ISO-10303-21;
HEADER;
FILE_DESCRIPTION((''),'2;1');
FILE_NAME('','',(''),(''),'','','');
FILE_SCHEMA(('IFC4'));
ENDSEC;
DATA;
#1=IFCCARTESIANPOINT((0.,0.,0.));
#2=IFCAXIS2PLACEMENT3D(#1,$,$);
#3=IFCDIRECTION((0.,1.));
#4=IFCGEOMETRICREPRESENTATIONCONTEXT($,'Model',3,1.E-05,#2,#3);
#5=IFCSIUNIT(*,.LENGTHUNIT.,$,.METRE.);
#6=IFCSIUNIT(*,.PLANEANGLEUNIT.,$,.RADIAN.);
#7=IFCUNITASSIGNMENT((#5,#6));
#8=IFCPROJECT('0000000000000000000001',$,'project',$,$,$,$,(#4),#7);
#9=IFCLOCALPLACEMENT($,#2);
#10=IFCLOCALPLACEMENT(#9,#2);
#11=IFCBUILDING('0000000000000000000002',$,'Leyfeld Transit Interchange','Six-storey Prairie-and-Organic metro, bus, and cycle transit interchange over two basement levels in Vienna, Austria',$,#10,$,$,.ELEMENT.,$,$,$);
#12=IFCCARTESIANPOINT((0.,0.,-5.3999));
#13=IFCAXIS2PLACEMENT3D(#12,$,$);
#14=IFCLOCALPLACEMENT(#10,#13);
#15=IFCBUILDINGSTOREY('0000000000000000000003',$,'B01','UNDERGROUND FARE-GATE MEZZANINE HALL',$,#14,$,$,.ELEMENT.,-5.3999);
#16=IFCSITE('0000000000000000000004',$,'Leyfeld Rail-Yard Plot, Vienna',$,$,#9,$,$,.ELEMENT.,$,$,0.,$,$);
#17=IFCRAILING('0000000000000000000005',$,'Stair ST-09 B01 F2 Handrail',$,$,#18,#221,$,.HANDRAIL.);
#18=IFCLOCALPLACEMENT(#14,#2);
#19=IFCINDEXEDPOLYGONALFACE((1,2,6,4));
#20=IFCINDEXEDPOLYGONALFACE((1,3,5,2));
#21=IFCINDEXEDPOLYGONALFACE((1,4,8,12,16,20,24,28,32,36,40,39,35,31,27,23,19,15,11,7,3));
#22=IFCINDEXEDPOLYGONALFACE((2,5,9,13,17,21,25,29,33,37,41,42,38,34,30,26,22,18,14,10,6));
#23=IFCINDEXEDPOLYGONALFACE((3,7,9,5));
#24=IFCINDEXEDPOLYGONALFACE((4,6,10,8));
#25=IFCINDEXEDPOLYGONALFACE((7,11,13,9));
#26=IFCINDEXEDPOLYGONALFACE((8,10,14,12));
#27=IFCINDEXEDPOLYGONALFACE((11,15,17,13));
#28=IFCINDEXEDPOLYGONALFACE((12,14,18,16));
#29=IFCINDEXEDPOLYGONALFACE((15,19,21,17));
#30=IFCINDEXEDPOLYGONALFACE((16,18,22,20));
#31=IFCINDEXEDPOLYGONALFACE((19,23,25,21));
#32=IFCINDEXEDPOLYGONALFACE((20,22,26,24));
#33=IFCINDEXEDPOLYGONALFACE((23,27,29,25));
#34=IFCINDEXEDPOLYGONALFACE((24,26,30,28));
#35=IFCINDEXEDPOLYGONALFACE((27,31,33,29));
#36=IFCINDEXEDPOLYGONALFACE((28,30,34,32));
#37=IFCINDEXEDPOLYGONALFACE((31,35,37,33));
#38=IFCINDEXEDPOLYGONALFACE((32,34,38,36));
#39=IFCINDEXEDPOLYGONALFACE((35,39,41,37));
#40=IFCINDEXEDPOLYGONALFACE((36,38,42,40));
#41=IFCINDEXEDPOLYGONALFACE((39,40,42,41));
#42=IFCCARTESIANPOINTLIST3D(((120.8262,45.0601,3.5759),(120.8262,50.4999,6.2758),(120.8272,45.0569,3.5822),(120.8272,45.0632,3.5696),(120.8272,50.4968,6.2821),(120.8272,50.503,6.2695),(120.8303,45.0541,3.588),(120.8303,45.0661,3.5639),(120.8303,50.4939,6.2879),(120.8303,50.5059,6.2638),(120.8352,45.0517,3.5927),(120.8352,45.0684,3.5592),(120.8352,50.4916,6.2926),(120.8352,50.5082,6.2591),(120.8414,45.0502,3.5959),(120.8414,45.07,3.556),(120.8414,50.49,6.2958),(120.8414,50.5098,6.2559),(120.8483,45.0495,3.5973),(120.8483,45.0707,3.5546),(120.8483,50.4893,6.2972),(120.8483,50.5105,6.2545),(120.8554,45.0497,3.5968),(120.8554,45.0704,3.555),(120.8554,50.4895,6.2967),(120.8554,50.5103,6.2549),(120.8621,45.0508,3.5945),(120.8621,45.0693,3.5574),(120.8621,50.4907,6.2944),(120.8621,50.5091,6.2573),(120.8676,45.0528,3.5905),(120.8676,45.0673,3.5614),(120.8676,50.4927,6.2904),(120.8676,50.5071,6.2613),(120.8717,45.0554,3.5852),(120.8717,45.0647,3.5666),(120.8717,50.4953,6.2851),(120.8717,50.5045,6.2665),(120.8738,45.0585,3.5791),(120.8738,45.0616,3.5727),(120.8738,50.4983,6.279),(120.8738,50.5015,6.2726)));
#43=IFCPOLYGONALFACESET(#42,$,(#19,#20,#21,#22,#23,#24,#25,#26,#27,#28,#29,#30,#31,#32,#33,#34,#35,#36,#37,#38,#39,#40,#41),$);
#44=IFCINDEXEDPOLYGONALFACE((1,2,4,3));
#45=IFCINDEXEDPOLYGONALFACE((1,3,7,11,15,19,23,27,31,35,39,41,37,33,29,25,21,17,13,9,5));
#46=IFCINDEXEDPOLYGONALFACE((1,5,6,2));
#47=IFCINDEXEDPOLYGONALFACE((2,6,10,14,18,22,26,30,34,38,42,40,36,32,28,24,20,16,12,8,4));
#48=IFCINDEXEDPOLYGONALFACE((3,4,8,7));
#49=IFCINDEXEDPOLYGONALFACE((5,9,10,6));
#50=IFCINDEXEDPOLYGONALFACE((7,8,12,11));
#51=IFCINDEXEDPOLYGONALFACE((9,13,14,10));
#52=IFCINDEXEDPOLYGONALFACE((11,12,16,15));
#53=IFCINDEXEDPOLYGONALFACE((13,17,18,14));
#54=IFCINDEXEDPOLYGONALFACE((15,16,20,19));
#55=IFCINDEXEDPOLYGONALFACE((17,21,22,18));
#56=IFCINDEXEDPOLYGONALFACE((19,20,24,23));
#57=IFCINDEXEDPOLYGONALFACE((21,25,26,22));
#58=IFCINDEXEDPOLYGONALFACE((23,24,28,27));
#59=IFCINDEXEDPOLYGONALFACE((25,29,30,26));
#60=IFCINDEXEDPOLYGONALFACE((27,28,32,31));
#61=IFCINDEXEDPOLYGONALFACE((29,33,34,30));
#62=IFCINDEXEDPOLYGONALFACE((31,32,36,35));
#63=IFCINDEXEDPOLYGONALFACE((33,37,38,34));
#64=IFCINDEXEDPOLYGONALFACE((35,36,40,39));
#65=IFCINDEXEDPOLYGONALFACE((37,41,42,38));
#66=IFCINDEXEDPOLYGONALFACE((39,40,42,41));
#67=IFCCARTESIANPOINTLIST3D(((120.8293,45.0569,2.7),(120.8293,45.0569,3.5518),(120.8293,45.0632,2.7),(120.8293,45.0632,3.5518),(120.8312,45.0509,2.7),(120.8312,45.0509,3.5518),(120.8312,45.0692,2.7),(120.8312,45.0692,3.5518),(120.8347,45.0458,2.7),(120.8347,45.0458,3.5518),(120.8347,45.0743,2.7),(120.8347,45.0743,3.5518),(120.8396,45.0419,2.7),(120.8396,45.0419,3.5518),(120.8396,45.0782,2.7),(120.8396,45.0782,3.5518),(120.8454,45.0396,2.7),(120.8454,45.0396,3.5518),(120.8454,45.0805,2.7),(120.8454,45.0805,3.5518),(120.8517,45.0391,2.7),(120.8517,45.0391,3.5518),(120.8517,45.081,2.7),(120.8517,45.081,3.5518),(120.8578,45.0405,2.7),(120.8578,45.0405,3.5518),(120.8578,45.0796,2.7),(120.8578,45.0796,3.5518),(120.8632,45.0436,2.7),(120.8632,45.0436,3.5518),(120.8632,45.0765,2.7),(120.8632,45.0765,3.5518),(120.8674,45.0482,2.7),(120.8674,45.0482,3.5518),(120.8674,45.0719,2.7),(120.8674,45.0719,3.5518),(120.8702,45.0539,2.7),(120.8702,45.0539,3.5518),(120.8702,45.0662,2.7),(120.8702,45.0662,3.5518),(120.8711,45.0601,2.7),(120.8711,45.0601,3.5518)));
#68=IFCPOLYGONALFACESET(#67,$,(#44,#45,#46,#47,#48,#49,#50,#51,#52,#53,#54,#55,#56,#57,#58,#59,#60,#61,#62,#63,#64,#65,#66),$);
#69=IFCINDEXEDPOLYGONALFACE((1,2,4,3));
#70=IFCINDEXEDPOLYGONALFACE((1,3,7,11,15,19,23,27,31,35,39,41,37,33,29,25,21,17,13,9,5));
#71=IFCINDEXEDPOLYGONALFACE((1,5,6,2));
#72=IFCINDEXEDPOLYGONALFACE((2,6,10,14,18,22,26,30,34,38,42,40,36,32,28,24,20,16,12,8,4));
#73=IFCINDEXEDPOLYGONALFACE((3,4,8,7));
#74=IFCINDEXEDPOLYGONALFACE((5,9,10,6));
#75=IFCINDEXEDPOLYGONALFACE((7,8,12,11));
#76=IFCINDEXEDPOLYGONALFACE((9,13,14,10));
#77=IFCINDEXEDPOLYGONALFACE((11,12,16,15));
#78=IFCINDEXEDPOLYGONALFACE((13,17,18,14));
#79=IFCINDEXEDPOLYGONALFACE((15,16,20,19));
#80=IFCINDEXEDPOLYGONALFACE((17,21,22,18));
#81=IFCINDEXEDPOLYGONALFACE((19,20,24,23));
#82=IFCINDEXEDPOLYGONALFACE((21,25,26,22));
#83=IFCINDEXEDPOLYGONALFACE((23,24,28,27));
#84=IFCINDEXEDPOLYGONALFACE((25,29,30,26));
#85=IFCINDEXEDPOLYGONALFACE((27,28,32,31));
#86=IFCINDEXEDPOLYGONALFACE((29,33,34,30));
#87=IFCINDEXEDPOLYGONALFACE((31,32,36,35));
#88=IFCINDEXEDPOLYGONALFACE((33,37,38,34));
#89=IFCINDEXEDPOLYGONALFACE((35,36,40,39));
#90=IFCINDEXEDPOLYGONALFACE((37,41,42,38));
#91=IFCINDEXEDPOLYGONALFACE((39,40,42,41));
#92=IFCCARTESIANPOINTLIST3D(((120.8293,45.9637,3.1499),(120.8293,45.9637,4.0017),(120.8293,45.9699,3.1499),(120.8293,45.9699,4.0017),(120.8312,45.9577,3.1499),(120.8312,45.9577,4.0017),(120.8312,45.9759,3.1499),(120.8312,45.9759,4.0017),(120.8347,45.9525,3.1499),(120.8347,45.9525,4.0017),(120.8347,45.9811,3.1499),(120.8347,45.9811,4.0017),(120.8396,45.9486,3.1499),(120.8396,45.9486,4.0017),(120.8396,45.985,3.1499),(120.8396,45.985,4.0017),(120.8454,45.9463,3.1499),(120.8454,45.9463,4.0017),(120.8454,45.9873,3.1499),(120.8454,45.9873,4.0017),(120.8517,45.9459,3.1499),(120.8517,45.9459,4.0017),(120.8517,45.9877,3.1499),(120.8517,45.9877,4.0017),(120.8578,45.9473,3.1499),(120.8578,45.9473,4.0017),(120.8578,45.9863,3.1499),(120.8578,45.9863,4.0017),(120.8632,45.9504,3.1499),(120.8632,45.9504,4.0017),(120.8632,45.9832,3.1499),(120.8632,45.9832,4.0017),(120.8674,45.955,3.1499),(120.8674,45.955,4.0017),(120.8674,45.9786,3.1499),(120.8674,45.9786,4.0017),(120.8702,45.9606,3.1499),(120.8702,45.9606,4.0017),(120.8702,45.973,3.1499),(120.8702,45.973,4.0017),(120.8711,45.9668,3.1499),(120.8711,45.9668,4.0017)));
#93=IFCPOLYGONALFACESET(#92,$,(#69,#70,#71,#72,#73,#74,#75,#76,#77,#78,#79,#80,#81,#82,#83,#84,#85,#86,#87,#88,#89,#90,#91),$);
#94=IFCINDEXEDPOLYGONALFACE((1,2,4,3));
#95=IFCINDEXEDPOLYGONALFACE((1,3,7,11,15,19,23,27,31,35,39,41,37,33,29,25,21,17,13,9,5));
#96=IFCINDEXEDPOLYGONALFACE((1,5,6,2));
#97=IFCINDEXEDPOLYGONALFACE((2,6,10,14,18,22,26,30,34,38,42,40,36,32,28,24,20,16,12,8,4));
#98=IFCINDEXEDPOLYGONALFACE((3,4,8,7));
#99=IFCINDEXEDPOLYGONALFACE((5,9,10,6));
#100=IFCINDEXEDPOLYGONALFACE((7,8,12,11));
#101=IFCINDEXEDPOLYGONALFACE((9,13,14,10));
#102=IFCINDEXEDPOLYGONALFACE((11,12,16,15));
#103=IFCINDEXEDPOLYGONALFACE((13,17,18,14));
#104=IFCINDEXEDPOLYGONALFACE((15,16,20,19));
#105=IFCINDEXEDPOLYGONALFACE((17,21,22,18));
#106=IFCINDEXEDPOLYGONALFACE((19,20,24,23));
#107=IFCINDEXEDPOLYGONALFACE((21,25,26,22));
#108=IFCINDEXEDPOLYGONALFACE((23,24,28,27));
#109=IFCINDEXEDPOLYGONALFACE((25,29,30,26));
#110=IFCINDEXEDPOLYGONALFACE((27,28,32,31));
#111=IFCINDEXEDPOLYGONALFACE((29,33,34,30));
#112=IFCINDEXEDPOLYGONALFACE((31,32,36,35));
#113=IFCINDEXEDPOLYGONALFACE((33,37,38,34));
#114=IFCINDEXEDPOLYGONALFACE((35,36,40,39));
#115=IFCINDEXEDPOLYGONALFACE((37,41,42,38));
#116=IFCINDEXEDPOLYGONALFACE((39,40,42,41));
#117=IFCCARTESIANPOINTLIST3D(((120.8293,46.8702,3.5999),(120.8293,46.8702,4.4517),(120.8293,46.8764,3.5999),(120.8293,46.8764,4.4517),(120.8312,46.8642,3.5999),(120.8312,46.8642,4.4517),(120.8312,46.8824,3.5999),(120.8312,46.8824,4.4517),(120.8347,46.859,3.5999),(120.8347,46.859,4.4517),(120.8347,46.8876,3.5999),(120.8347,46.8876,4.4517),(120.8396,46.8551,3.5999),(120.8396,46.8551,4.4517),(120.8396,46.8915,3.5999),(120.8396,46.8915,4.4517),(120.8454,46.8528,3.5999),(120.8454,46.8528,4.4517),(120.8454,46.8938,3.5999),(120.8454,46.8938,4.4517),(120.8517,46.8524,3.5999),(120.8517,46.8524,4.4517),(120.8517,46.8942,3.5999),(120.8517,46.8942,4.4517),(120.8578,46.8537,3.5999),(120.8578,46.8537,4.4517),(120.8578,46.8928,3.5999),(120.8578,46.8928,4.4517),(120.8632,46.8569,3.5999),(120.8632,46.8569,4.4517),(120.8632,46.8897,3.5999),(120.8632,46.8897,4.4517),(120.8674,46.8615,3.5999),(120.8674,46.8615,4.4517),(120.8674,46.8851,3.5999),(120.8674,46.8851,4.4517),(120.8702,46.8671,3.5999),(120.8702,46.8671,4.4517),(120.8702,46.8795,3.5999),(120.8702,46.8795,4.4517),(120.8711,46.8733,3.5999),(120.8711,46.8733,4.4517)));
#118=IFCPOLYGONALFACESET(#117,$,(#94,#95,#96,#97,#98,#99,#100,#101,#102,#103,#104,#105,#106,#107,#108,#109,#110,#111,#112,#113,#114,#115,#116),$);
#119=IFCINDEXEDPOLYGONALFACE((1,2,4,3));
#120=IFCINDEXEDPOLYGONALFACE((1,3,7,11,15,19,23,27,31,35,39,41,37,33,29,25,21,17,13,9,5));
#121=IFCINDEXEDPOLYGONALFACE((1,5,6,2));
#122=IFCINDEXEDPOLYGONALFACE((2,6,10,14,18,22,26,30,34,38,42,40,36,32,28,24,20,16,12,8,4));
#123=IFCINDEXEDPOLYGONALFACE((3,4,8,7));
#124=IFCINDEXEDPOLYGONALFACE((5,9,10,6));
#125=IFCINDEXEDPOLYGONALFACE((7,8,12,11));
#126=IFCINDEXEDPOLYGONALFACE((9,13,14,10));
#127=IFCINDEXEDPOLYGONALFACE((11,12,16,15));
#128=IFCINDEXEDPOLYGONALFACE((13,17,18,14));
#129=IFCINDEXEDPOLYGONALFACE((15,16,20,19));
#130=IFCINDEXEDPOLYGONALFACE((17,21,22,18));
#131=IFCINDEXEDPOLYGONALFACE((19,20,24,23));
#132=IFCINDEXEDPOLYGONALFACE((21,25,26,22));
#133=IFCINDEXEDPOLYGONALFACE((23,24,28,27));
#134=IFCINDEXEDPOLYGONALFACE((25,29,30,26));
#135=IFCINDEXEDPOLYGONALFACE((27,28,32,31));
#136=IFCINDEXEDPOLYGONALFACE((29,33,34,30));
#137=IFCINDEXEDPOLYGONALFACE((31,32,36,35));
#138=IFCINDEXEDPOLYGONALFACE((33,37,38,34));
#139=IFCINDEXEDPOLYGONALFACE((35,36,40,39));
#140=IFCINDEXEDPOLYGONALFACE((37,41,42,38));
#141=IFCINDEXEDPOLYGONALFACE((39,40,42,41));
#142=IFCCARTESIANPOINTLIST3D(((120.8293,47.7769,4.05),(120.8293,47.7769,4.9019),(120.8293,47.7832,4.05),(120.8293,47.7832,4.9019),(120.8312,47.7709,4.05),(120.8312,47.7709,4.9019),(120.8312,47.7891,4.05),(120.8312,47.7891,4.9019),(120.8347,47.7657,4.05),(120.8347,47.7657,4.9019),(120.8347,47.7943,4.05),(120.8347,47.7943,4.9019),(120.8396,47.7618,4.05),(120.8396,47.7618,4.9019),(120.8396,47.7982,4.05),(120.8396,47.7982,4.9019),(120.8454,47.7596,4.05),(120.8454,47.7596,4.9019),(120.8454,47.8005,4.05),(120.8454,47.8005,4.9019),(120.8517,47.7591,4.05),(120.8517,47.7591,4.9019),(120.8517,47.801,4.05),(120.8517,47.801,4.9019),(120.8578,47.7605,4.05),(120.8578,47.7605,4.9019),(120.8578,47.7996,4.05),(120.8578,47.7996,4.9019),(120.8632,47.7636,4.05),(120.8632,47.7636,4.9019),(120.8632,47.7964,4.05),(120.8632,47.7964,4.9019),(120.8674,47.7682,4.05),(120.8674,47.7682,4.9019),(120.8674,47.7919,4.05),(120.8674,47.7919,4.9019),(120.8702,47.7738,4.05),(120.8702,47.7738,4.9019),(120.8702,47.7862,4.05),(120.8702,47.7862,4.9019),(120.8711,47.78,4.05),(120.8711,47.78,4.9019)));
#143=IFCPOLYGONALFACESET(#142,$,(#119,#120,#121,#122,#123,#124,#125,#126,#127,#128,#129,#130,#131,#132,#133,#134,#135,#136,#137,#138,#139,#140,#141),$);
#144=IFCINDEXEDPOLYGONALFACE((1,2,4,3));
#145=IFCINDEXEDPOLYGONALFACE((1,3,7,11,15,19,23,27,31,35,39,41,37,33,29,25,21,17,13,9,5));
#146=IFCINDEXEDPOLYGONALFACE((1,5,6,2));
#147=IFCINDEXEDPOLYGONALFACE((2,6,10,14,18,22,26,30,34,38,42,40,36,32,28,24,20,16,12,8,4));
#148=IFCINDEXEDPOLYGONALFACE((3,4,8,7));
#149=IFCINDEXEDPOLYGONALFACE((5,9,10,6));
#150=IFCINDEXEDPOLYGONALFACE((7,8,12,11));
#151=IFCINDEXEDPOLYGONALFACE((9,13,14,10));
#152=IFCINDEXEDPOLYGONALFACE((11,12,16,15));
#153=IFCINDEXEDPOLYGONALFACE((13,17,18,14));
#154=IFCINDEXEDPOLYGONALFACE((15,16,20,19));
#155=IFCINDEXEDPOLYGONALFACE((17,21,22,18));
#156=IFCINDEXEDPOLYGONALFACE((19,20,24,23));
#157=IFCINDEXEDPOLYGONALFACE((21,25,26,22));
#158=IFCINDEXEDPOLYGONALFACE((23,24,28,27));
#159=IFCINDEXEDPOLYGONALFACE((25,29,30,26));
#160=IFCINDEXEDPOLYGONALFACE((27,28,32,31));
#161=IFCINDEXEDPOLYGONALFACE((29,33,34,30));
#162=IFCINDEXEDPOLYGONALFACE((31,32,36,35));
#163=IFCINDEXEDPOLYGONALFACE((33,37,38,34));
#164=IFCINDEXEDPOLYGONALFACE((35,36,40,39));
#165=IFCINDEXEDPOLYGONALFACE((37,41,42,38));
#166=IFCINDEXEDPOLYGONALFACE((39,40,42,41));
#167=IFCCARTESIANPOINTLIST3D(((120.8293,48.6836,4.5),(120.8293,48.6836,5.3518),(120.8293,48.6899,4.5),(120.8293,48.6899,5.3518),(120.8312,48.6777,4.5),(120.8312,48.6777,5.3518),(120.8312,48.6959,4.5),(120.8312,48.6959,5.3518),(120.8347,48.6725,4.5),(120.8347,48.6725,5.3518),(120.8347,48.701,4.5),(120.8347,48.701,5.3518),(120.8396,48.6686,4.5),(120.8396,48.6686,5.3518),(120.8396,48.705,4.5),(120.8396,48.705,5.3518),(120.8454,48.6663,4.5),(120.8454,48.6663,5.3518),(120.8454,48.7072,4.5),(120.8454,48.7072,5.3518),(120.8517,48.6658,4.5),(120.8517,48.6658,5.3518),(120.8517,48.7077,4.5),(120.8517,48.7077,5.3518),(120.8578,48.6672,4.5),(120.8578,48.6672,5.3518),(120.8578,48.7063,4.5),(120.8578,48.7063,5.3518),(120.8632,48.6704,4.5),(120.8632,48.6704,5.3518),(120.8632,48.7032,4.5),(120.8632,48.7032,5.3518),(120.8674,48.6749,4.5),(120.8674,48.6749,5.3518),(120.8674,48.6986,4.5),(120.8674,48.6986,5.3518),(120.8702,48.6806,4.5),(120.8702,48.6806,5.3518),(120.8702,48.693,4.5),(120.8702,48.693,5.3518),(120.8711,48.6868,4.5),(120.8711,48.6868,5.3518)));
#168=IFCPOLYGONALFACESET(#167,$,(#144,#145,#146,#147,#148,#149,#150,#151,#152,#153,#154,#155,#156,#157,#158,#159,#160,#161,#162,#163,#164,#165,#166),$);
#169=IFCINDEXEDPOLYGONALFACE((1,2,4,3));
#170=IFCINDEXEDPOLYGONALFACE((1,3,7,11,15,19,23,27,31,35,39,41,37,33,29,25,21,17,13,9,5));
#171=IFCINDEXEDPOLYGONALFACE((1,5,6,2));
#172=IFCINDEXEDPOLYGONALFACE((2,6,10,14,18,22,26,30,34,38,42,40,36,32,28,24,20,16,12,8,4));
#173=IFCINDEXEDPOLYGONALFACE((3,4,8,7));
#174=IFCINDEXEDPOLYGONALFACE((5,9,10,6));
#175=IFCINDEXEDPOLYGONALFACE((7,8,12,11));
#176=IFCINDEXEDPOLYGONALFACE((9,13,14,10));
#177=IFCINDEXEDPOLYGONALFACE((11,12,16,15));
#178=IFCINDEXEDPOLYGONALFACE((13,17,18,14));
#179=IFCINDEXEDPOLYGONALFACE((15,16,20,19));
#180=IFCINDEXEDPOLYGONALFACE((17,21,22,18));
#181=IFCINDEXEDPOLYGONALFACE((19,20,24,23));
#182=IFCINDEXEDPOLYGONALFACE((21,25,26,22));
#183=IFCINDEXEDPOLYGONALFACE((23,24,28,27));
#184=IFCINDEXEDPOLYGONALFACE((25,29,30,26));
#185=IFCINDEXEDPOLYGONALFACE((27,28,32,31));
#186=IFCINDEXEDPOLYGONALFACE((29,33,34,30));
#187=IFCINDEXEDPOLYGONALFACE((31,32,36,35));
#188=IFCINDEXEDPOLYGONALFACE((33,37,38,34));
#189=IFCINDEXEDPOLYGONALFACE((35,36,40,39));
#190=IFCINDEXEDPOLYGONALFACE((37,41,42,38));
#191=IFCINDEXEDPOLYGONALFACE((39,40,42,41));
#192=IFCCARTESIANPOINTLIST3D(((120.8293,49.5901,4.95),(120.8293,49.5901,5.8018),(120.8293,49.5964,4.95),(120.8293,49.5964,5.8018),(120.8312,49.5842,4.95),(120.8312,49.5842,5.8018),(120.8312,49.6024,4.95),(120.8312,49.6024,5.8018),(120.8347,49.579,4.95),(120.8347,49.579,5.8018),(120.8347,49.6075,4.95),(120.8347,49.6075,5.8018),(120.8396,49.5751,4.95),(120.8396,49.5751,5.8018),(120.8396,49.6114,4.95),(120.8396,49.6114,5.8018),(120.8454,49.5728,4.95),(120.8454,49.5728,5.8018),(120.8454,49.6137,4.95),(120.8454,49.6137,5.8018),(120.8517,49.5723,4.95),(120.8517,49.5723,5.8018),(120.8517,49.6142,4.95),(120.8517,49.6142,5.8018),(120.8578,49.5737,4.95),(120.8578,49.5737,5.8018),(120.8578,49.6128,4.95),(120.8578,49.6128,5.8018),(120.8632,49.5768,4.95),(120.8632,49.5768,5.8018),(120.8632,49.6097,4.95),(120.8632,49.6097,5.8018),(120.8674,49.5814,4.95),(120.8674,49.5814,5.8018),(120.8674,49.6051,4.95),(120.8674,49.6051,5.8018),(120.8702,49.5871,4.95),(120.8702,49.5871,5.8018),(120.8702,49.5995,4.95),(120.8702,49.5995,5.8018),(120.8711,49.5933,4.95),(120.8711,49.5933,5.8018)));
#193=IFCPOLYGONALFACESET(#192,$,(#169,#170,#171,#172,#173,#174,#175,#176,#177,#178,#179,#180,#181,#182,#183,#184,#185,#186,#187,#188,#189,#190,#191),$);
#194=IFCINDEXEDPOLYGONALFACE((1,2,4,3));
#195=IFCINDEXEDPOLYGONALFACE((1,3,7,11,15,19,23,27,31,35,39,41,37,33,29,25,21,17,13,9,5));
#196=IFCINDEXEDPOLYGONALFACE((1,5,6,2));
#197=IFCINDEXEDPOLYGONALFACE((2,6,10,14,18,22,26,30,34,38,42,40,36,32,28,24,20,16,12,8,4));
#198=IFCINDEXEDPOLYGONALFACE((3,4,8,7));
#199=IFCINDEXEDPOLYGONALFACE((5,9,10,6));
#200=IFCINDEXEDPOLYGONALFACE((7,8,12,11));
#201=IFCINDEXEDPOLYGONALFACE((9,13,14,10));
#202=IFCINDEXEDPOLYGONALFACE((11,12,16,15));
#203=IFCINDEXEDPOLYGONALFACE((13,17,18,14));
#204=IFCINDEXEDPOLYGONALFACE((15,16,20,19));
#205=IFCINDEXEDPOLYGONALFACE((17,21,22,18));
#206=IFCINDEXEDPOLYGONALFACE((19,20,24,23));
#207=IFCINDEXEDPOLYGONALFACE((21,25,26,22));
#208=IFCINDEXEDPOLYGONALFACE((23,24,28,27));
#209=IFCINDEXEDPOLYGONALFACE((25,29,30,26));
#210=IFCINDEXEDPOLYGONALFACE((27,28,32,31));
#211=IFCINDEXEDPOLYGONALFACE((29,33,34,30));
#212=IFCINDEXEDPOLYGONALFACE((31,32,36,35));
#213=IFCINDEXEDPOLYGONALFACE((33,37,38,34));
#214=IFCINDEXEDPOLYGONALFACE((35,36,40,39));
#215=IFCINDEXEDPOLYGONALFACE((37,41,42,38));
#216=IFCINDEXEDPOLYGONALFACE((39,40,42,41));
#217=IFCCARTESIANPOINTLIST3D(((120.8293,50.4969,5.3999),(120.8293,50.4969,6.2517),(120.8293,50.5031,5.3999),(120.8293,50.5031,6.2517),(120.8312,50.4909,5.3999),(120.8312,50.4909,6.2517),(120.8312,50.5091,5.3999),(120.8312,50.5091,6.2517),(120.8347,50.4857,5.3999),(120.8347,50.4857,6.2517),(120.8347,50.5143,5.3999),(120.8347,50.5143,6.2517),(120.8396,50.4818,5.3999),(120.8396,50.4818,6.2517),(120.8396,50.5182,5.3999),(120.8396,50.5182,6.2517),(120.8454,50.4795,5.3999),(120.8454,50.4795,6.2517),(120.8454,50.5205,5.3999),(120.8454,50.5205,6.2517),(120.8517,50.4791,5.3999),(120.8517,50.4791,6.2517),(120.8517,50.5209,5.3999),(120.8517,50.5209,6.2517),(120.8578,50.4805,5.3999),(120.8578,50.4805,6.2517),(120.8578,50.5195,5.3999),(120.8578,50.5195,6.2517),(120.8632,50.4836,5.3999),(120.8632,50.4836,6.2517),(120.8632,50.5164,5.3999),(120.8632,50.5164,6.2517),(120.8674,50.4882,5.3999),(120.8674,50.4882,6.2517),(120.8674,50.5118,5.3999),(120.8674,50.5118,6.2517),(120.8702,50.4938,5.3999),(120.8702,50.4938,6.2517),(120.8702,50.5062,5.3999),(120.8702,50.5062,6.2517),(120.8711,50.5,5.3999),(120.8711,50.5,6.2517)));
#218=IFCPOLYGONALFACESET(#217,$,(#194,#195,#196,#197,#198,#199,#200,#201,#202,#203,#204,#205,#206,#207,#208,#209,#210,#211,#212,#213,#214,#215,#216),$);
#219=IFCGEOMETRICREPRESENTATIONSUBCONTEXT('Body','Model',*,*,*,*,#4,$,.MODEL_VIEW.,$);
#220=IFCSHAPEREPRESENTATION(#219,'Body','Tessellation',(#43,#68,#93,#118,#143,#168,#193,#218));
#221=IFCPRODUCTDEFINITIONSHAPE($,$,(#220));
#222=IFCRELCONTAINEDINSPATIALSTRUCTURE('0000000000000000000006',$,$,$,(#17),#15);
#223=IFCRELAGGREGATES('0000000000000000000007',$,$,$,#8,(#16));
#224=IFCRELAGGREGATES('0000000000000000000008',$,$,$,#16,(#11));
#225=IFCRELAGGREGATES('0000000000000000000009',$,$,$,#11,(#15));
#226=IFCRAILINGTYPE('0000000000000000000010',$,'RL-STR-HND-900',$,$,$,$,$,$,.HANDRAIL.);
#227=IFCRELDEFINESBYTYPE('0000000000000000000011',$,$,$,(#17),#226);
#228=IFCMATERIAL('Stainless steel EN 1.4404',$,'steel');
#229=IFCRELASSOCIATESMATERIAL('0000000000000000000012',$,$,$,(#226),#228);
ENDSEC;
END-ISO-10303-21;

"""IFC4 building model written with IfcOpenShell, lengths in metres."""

from ifc_helpers import new_model, si_unit, direction, frame, origin, origin_2d, place, context, subcontext, project, spatial, circle, extrude, material, type_object, element, save


model = new_model("IFC4")

# Units and contexts
model_context = context("Model", 3, precision=1e-05, world=origin(), true_north=direction((0.0, 1.0)))
body_context = subcontext(model_context, "Body", "Model", "MODEL_VIEW")
ifc_project = project(units=[si_unit("LENGTHUNIT", "METRE"), si_unit("PLANEANGLEUNIT", "RADIAN")], contexts=[model_context])

# Site, building, storey
site_placement = place(None, origin())
site = spatial("IfcSite", under=ifc_project, at=site_placement, Name="Leyfeld Rail-Yard Plot, Vienna", CompositionType="ELEMENT", RefElevation=0.0)
building_placement = place(site_placement, origin())
building = spatial("IfcBuilding", under=site, at=building_placement, Name="Leyfeld Transit Interchange", Description="Six-storey Prairie-and-Organic metro, bus, and cycle transit interchange over two basement levels in Vienna, Austria", CompositionType="ELEMENT")
storey_placement = place(building_placement, frame((0.0, 0.0, -5.3999)))
storey = spatial("IfcBuildingStorey", under=building, at=storey_placement, Name="B01", Description="UNDERGROUND FARE-GATE MEZZANINE HALL", CompositionType="ELEMENT", Elevation=-5.3999)

# Railing
ifc_material_1 = material(Name="Stainless steel EN 1.4404", Category="steel")
railing_type_1 = type_object("IfcRailingType", Name="RL-STR-HND-900", PredefinedType="HANDRAIL", material=ifc_material_1)
railing_1_placement = place(storey_placement, frame((120.8501, 45.0601, 2.7)))
element("IfcRailing", 1, at=railing_1_placement, inside=storey, type_object=railing_type_1, Name="Stair ST-09 B01 F2 Handrail", PredefinedType="HANDRAIL", context=body_context, shape_type="SweptSolid", body=[
    extrude(circle(Radius=0.0239, at=origin_2d()), frame((0.0, 0.0, 0.876), z_axis=(0.0, 0.895742, 0.444575), x_axis=(-1.0, 0.0, 0.0)), (0.0, 0.0, 1.0), 6.073),
    extrude(circle(Radius=0.021, at=origin_2d()), origin(), (0.0, 0.0, 1.0), 0.8518),
    extrude(circle(Radius=0.021, at=origin_2d()), frame((0.0, 0.9067, 0.45)), (0.0, 0.0, 1.0), 0.8518),
    extrude(circle(Radius=0.021, at=origin_2d()), frame((0.0, 1.8132, 0.8999)), (0.0, 0.0, 1.0), 0.8518),
    extrude(circle(Radius=0.021, at=origin_2d()), frame((0.0, 2.72, 1.3501)), (0.0, 0.0, 1.0), 0.8518),
    extrude(circle(Radius=0.021, at=origin_2d()), frame((0.0, 3.6267, 1.8)), (0.0, 0.0, 1.0), 0.8518),
    extrude(circle(Radius=0.021, at=origin_2d()), frame((0.0, 4.5332, 2.25)), (0.0, 0.0, 1.0), 0.8518),
    extrude(circle(Radius=0.021, at=origin_2d()), frame((0.0, 5.4399, 2.7)), (0.0, 0.0, 1.0), 0.8518),
])

save(model, "model.ifc")
